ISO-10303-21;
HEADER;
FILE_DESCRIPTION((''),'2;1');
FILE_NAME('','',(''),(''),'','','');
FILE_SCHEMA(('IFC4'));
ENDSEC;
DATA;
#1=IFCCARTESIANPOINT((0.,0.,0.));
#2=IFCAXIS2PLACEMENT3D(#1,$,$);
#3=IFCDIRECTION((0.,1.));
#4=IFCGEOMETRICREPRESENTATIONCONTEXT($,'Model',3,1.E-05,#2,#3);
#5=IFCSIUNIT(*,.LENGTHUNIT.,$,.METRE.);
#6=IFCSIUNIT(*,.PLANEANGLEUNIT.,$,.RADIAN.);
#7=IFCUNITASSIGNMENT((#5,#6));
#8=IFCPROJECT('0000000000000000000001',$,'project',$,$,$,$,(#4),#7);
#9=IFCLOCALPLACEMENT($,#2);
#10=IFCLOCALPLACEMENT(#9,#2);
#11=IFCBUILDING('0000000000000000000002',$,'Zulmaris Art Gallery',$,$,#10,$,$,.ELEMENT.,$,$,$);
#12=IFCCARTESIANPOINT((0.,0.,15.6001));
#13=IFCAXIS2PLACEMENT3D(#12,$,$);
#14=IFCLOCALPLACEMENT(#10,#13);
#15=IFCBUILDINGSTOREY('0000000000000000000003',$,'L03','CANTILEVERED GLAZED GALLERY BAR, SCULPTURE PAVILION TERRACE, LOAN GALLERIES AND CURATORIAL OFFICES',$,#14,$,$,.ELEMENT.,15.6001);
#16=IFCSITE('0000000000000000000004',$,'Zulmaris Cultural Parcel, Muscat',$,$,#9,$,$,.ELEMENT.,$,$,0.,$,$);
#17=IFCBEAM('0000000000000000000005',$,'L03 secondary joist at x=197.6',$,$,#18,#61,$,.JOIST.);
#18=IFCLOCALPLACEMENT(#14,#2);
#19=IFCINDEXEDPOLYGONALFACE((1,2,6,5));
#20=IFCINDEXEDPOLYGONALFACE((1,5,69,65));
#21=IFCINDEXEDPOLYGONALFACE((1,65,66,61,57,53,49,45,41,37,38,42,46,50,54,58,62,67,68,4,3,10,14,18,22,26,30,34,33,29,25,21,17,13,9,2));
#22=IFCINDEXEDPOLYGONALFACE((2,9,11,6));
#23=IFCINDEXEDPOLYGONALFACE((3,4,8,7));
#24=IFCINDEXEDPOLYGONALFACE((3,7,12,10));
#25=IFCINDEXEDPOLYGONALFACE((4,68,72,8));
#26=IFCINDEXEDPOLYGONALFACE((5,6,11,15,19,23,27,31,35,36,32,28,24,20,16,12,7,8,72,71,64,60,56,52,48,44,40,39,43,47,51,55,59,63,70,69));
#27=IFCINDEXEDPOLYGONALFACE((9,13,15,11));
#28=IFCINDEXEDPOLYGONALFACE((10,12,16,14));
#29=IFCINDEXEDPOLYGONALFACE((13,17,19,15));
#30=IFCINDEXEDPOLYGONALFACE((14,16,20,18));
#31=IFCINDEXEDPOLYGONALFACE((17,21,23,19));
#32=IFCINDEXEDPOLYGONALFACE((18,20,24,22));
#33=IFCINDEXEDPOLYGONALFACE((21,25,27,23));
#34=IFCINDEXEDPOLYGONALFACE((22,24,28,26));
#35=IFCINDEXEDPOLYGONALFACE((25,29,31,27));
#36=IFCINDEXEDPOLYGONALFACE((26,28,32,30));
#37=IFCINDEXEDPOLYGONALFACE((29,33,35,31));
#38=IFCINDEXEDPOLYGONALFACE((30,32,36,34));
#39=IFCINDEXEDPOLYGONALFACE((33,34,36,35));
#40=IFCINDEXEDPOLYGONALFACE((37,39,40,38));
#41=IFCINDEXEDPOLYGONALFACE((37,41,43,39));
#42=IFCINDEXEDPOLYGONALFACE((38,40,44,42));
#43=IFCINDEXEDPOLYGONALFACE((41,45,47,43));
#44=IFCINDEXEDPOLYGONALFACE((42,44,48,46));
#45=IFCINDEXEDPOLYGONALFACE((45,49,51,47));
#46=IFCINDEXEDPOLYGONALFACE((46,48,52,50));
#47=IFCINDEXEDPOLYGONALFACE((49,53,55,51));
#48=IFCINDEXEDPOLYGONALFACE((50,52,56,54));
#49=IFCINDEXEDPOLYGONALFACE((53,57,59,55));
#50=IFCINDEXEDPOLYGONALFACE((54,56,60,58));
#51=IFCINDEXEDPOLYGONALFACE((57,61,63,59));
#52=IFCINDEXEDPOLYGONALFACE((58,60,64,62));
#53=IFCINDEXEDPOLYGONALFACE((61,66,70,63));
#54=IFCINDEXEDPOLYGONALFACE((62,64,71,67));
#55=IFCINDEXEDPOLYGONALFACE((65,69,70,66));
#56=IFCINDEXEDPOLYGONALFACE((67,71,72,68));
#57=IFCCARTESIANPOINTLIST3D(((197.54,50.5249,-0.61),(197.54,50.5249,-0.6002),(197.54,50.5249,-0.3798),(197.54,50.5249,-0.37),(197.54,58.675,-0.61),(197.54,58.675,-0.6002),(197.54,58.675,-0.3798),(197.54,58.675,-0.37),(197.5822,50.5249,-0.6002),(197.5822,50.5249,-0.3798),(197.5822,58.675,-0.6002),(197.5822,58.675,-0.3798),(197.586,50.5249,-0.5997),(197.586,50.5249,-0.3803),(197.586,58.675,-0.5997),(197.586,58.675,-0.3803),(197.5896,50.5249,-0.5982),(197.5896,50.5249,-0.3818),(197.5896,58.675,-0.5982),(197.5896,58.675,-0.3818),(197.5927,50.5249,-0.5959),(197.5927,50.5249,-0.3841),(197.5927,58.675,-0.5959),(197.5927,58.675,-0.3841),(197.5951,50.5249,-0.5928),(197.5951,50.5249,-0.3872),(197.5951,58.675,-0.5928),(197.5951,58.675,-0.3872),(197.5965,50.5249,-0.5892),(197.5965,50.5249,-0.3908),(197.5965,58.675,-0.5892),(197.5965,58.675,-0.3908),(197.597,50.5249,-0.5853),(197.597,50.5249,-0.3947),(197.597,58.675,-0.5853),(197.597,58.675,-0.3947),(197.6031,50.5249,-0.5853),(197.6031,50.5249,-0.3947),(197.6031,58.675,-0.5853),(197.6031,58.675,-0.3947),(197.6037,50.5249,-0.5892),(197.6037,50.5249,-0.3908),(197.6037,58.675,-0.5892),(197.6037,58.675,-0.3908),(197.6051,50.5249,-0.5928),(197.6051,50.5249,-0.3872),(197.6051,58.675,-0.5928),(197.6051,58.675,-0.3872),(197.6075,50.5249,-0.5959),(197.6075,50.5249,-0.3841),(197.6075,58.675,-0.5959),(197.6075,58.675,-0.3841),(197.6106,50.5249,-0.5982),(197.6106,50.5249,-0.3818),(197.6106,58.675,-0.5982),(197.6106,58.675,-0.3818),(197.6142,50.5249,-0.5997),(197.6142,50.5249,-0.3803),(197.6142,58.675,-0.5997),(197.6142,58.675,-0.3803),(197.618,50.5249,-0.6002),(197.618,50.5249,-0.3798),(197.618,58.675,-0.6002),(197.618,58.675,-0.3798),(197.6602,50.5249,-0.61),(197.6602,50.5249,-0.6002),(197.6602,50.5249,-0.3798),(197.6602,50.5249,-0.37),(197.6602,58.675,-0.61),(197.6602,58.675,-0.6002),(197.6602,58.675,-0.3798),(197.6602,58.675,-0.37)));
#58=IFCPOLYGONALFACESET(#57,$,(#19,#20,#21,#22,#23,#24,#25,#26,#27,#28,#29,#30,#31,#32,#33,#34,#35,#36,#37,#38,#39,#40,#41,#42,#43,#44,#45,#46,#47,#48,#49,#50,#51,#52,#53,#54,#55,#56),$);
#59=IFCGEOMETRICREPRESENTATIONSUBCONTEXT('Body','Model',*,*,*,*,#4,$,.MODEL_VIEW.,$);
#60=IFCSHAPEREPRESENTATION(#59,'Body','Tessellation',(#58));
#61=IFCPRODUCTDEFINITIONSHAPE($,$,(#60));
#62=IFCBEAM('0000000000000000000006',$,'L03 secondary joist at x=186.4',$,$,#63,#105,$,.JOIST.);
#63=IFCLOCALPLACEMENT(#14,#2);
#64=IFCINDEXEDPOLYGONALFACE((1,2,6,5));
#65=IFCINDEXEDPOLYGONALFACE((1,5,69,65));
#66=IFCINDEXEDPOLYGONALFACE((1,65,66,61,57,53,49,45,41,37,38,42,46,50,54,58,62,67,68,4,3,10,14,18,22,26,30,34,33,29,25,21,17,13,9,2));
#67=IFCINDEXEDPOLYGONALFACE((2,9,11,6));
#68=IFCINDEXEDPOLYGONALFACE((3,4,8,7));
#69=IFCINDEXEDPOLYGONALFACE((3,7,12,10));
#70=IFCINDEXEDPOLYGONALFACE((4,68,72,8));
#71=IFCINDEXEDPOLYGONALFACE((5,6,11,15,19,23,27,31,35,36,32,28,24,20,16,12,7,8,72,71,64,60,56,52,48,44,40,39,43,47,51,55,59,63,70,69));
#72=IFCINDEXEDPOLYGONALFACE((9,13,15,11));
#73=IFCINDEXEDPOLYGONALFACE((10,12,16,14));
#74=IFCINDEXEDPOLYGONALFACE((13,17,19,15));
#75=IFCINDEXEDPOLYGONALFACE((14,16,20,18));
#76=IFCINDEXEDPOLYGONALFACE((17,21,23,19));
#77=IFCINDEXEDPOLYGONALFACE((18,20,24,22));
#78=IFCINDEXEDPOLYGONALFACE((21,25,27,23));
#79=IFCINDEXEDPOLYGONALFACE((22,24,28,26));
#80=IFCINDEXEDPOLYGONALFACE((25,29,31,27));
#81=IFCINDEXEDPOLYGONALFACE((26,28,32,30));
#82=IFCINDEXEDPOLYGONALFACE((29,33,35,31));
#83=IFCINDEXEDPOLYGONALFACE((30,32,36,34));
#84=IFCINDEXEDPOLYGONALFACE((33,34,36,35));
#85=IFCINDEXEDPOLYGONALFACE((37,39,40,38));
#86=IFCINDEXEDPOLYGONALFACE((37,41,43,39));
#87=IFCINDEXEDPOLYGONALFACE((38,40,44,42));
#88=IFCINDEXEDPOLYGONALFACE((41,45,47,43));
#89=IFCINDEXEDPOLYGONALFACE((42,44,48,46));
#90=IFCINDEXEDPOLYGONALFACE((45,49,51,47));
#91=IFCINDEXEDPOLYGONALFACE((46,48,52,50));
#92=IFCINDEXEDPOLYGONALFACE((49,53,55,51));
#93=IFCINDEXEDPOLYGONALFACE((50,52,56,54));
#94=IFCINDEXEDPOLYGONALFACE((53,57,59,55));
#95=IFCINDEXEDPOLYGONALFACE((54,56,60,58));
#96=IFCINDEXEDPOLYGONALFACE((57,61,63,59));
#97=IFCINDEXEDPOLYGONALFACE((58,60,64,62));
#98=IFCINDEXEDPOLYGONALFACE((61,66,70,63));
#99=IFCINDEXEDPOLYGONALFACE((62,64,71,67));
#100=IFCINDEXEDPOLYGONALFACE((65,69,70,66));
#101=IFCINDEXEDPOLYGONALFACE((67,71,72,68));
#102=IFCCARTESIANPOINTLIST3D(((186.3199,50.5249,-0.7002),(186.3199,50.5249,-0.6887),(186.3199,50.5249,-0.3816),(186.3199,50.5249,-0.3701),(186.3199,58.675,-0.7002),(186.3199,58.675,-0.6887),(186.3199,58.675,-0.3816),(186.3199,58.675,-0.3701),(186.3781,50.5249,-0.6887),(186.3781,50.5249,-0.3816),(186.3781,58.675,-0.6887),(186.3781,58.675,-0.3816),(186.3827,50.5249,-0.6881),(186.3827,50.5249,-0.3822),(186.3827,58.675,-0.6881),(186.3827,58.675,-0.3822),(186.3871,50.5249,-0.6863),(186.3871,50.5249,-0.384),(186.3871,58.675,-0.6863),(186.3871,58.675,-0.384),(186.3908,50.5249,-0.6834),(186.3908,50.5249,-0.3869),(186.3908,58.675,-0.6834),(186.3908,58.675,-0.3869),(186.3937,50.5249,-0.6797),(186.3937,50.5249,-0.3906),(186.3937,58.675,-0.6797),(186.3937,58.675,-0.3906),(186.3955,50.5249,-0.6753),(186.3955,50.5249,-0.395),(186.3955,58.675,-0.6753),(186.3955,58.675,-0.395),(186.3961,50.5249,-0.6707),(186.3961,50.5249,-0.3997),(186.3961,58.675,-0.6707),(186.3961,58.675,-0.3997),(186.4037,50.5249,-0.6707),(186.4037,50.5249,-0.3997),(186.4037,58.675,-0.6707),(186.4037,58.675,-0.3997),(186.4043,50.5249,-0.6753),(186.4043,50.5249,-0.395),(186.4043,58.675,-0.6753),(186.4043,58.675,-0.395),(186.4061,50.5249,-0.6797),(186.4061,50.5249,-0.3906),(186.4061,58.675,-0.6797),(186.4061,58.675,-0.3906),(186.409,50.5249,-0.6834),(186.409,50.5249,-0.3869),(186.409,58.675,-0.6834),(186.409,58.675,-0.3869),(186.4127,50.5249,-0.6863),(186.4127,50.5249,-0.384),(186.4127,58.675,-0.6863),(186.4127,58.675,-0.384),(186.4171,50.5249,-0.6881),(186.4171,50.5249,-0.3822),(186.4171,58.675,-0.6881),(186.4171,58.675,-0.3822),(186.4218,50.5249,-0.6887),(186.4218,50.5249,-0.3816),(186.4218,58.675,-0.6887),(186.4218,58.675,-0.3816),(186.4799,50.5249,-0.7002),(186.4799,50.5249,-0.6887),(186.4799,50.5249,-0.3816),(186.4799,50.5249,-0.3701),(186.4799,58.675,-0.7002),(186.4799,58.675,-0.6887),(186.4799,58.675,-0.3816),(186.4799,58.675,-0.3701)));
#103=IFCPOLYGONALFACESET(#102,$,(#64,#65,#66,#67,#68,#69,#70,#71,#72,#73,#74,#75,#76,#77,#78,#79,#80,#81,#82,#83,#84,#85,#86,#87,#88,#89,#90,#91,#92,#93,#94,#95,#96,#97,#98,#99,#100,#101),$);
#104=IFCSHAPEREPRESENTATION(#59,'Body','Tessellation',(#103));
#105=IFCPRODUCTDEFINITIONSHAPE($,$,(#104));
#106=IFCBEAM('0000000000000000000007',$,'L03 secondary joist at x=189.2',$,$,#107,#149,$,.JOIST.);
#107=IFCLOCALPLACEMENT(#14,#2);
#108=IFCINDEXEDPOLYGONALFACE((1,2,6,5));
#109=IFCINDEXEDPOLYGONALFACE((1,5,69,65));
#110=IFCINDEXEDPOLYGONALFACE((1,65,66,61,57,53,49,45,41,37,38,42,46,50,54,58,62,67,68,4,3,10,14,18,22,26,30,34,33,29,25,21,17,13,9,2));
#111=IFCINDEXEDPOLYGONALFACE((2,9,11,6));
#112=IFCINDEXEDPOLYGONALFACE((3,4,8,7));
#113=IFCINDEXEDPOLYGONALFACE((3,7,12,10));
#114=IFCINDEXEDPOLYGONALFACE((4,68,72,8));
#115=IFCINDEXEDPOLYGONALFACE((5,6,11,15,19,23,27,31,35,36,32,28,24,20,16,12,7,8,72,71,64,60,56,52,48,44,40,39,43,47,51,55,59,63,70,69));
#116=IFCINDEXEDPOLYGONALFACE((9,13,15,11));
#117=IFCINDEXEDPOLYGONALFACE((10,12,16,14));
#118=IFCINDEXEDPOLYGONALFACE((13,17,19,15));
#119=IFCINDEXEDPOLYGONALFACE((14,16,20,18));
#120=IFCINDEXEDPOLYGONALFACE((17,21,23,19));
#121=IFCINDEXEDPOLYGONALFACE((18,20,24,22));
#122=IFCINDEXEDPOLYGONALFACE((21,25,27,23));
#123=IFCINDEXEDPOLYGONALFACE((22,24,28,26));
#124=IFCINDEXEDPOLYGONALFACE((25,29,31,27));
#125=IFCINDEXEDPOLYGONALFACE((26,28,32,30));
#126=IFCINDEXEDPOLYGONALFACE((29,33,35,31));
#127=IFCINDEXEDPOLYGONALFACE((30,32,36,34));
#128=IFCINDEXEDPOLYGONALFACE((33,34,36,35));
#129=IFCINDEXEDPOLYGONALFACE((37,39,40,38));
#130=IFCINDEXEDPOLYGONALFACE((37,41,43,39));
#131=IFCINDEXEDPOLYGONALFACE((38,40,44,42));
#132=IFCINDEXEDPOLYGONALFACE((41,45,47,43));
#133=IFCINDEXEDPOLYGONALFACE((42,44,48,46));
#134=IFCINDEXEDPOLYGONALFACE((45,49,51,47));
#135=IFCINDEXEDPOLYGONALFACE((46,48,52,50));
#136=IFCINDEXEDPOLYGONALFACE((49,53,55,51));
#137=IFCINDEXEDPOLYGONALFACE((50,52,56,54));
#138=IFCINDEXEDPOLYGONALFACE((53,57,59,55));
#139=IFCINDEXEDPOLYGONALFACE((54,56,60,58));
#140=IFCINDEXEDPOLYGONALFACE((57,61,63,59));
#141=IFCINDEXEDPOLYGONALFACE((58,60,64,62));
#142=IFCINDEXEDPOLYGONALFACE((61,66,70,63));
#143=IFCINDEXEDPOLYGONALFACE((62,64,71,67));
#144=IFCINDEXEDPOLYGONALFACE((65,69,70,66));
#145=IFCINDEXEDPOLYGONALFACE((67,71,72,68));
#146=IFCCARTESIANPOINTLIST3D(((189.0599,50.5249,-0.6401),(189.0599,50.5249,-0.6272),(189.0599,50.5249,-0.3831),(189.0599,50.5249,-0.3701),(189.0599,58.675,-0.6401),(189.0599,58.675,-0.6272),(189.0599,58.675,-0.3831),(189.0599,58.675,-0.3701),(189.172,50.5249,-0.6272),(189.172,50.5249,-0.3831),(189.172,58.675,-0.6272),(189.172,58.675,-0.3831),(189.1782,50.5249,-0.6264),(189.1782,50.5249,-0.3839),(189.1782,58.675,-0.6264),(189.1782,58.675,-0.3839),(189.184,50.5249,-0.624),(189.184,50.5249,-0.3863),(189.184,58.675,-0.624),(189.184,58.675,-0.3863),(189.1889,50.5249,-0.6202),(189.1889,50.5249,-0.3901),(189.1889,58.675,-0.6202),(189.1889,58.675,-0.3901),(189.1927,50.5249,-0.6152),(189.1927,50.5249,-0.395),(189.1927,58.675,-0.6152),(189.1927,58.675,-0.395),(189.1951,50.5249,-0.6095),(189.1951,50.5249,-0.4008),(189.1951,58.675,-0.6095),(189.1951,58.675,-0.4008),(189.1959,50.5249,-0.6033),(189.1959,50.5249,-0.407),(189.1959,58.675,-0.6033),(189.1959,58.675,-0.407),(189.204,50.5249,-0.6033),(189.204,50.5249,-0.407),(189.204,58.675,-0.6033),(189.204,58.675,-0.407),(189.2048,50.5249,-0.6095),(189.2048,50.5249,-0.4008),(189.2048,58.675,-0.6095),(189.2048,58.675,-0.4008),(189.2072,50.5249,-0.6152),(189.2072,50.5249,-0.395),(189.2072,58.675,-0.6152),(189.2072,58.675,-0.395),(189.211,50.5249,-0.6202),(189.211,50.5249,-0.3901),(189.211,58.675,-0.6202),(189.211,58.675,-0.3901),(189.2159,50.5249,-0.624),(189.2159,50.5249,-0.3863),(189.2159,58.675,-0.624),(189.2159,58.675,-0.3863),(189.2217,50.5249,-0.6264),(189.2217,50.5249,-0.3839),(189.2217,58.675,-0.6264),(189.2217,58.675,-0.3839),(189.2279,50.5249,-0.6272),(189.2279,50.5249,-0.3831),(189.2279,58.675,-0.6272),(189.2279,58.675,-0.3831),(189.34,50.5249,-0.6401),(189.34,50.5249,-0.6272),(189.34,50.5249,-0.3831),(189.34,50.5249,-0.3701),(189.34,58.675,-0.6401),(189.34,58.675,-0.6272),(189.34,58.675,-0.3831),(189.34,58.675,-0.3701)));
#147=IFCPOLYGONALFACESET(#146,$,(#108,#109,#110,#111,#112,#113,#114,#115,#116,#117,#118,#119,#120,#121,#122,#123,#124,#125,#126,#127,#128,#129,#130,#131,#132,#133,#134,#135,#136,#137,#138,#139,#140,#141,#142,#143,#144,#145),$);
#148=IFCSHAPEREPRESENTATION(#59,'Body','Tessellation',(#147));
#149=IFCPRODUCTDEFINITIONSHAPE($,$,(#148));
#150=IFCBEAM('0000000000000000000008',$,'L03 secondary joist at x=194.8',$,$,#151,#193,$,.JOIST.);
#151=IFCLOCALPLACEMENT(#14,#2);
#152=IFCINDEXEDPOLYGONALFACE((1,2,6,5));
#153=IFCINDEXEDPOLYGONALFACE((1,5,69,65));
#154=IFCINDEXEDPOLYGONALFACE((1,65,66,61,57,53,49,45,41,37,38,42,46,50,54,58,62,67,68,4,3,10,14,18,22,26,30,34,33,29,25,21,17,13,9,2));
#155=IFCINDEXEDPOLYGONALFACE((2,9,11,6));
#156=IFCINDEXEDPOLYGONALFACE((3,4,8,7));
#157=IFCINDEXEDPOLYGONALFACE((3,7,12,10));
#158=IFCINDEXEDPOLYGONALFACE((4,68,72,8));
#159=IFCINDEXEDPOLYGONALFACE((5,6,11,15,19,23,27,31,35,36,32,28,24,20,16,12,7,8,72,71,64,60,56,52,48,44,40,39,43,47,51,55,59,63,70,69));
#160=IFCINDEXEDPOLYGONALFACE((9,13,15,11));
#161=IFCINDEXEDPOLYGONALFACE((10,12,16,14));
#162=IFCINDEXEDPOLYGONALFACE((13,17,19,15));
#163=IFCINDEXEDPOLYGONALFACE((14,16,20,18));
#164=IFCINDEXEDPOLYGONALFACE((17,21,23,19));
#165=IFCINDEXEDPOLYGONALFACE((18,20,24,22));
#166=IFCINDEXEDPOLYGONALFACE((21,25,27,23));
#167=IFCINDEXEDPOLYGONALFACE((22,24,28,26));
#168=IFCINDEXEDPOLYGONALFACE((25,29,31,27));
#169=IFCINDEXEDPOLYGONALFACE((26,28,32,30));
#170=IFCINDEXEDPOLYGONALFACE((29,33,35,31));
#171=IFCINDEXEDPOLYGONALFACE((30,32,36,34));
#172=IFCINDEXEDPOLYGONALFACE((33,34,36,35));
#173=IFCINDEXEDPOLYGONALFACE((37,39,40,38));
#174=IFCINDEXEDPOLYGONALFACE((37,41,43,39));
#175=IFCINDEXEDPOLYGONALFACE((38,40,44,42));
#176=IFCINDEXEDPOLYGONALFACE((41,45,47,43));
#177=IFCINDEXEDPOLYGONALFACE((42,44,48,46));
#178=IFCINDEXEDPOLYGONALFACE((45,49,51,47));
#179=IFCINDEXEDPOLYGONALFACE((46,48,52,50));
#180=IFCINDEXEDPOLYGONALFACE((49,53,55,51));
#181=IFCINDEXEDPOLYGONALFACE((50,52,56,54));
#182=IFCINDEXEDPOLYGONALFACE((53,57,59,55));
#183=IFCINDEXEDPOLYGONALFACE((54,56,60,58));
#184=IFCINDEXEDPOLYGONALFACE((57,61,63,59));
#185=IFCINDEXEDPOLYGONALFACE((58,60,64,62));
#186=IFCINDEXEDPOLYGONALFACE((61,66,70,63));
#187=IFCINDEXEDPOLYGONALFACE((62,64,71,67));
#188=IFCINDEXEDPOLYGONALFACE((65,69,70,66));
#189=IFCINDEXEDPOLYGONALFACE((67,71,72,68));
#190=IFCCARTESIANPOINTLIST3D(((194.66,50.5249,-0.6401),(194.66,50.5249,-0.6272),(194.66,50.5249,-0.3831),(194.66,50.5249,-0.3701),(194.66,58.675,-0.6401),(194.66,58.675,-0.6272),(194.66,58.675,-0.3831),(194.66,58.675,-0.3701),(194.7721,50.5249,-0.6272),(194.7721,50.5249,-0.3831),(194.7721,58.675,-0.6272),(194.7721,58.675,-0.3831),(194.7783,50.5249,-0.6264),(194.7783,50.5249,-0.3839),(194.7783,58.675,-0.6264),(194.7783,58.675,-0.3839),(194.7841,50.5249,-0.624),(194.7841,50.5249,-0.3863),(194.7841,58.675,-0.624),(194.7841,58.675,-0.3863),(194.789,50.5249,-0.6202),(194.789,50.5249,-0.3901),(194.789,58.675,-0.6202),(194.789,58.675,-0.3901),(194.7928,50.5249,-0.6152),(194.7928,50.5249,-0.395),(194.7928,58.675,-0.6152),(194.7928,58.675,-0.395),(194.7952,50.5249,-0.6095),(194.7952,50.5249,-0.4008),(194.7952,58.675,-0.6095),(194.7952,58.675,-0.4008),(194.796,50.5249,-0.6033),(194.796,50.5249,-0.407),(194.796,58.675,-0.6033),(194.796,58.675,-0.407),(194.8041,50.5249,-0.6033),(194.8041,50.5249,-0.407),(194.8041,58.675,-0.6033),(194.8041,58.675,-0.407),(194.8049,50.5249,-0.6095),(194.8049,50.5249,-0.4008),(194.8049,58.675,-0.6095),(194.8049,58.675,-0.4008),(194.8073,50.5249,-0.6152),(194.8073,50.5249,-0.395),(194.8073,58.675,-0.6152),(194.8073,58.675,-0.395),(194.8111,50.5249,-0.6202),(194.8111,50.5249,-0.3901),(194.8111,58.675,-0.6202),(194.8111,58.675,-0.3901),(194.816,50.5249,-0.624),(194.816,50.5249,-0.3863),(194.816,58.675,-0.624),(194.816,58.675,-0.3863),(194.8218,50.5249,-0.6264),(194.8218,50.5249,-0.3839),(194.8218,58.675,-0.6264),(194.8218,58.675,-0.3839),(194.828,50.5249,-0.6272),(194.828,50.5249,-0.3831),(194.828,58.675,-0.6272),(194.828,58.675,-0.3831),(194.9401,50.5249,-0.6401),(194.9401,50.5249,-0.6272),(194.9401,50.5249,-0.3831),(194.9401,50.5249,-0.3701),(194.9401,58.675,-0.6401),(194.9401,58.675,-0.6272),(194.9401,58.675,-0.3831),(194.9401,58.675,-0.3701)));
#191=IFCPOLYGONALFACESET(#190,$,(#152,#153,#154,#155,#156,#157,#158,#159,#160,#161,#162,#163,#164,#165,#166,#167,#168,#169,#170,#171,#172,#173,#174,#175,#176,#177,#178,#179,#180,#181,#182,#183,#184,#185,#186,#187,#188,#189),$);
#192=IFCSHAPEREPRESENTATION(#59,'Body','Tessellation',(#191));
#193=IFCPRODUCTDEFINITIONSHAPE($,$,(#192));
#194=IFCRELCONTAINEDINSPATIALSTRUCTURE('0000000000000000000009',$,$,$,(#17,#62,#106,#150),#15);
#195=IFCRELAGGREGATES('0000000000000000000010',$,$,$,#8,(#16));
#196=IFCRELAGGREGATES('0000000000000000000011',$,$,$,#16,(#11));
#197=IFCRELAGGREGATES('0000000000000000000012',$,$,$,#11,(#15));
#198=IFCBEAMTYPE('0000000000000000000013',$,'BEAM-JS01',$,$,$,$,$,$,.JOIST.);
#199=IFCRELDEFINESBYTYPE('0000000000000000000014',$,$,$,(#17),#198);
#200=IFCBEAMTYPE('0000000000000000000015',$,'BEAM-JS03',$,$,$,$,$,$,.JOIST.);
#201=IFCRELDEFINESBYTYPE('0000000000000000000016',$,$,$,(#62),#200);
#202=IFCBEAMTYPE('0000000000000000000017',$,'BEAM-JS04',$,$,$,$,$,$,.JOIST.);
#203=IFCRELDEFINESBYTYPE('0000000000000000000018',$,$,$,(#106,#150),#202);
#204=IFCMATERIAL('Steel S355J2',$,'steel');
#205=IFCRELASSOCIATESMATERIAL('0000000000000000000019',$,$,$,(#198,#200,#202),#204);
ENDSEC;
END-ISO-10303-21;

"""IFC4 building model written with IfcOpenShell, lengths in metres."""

from ifc_helpers import new_model, si_unit, direction, frame, origin, origin_2d, place, context, subcontext, project, spatial, i_section, extrude, material, material_profile, profile_set, type_object, element, save


model = new_model("IFC4")

# Units and contexts
model_context = context("Model", 3, precision=1e-05, world=origin(), true_north=direction((0.0, 1.0)))
body_context = subcontext(model_context, "Body", "Model", "MODEL_VIEW")
ifc_project = project(units=[si_unit("LENGTHUNIT", "METRE"), si_unit("PLANEANGLEUNIT", "RADIAN")], contexts=[model_context])

# Site, building, storey
site_placement = place(None, origin())
site = spatial("IfcSite", under=ifc_project, at=site_placement, Name="Zulmaris Cultural Parcel, Muscat", CompositionType="ELEMENT", RefElevation=0.0)
building_placement = place(site_placement, origin())
building = spatial("IfcBuilding", under=site, at=building_placement, Name="Zulmaris Art Gallery", CompositionType="ELEMENT")
storey_placement = place(building_placement, frame((0.0, 0.0, 15.6001)))
storey = spatial("IfcBuildingStorey", under=building, at=storey_placement, Name="L03", Description="CANTILEVERED GLAZED GALLERY BAR, SCULPTURE PAVILION TERRACE, LOAN GALLERIES AND CURATORIAL OFFICES", CompositionType="ELEMENT", Elevation=15.6001)

# Beams
ifc_material_1 = material(Name="Steel S355J2", Category="steel")
ifc_material_profile_1 = material_profile(ifc_material_1, i_section(OverallWidth=0.1201, OverallDepth=0.24, WebThickness=0.0061, FlangeThickness=0.0098, FilletRadius=0.0149, at=origin_2d()), Name="IPE 240")
ifc_profile_set_1 = profile_set([ifc_material_profile_1], Name="Steel S355J2")
beam_type_1 = type_object("IfcBeamType", Name="BEAM-JS01", PredefinedType="JOIST", material=ifc_profile_set_1)
beam_1_placement = place(storey_placement, frame((197.6001, 50.5249, -0.49), z_axis=(0.0, 1.0, 0.0), x_axis=(-1.0, 0.0, 0.0)))
element("IfcBeam", 1, at=beam_1_placement, inside=storey, type_object=beam_type_1, Name="L03 secondary joist at x=197.6", PredefinedType="JOIST", context=body_context, shape_type="SweptSolid", body=[
    extrude(i_section(OverallWidth=0.1201, OverallDepth=0.24, WebThickness=0.0061, FlangeThickness=0.0098, FilletRadius=0.0149, at=origin_2d()), origin(), (0.0, 0.0, 1.0), 8.1501),
])
ifc_material_profile_2 = material_profile(ifc_material_1, i_section(OverallWidth=0.1599, OverallDepth=0.3301, WebThickness=0.0076, FlangeThickness=0.0115, FilletRadius=0.0181, at=origin_2d()), Name="IPE 330")
ifc_profile_set_2 = profile_set([ifc_material_profile_2], Name="Steel S355J2")
beam_type_2 = type_object("IfcBeamType", Name="BEAM-JS03", PredefinedType="JOIST", material=ifc_profile_set_2)
beam_2_placement = place(storey_placement, frame((186.3999, 50.5249, -0.5352), z_axis=(0.0, 1.0, 0.0), x_axis=(-1.0, 0.0, 0.0)))
element("IfcBeam", 2, at=beam_2_placement, inside=storey, type_object=beam_type_2, Name="L03 secondary joist at x=186.4", PredefinedType="JOIST", context=body_context, shape_type="SweptSolid", body=[
    extrude(i_section(OverallWidth=0.1599, OverallDepth=0.3301, WebThickness=0.0076, FlangeThickness=0.0115, FilletRadius=0.0181, at=origin_2d()), origin(), (0.0, 0.0, 1.0), 8.1501),
])
ifc_material_profile_3 = material_profile(ifc_material_1, i_section(OverallWidth=0.28, OverallDepth=0.27, WebThickness=0.0081, FlangeThickness=0.0129, FilletRadius=0.0239, at=origin_2d()), Name="HEA 280")
ifc_profile_set_3 = profile_set([ifc_material_profile_3], Name="Steel S355J2")
beam_type_3 = type_object("IfcBeamType", Name="BEAM-JS04", PredefinedType="JOIST", material=ifc_profile_set_3)
for number, where, z_axis, x_axis, name in (
    (3, (189.2, 50.5249, -0.5051), (0.0, 1.0, 0.0), (-1.0, 0.0, 0.0), "L03 secondary joist at x=189.2"),
    (4, (194.8, 50.5249, -0.5051), (0.0, 1.0, 0.0), (-1.0, 0.0, 0.0), "L03 secondary joist at x=194.8"),
):
    element("IfcBeam", number, at=place(storey_placement, frame(where, z_axis=z_axis, x_axis=x_axis)), inside=storey, type_object=beam_type_3, Name=name, PredefinedType="JOIST", context=body_context, shape_type="SweptSolid", body=[
        extrude(i_section(OverallWidth=0.28, OverallDepth=0.27, WebThickness=0.0081, FlangeThickness=0.0129, FilletRadius=0.0239, at=origin_2d()), origin(), (0.0, 0.0, 1.0), 8.1501),
    ])

save(model, "model.ifc")
